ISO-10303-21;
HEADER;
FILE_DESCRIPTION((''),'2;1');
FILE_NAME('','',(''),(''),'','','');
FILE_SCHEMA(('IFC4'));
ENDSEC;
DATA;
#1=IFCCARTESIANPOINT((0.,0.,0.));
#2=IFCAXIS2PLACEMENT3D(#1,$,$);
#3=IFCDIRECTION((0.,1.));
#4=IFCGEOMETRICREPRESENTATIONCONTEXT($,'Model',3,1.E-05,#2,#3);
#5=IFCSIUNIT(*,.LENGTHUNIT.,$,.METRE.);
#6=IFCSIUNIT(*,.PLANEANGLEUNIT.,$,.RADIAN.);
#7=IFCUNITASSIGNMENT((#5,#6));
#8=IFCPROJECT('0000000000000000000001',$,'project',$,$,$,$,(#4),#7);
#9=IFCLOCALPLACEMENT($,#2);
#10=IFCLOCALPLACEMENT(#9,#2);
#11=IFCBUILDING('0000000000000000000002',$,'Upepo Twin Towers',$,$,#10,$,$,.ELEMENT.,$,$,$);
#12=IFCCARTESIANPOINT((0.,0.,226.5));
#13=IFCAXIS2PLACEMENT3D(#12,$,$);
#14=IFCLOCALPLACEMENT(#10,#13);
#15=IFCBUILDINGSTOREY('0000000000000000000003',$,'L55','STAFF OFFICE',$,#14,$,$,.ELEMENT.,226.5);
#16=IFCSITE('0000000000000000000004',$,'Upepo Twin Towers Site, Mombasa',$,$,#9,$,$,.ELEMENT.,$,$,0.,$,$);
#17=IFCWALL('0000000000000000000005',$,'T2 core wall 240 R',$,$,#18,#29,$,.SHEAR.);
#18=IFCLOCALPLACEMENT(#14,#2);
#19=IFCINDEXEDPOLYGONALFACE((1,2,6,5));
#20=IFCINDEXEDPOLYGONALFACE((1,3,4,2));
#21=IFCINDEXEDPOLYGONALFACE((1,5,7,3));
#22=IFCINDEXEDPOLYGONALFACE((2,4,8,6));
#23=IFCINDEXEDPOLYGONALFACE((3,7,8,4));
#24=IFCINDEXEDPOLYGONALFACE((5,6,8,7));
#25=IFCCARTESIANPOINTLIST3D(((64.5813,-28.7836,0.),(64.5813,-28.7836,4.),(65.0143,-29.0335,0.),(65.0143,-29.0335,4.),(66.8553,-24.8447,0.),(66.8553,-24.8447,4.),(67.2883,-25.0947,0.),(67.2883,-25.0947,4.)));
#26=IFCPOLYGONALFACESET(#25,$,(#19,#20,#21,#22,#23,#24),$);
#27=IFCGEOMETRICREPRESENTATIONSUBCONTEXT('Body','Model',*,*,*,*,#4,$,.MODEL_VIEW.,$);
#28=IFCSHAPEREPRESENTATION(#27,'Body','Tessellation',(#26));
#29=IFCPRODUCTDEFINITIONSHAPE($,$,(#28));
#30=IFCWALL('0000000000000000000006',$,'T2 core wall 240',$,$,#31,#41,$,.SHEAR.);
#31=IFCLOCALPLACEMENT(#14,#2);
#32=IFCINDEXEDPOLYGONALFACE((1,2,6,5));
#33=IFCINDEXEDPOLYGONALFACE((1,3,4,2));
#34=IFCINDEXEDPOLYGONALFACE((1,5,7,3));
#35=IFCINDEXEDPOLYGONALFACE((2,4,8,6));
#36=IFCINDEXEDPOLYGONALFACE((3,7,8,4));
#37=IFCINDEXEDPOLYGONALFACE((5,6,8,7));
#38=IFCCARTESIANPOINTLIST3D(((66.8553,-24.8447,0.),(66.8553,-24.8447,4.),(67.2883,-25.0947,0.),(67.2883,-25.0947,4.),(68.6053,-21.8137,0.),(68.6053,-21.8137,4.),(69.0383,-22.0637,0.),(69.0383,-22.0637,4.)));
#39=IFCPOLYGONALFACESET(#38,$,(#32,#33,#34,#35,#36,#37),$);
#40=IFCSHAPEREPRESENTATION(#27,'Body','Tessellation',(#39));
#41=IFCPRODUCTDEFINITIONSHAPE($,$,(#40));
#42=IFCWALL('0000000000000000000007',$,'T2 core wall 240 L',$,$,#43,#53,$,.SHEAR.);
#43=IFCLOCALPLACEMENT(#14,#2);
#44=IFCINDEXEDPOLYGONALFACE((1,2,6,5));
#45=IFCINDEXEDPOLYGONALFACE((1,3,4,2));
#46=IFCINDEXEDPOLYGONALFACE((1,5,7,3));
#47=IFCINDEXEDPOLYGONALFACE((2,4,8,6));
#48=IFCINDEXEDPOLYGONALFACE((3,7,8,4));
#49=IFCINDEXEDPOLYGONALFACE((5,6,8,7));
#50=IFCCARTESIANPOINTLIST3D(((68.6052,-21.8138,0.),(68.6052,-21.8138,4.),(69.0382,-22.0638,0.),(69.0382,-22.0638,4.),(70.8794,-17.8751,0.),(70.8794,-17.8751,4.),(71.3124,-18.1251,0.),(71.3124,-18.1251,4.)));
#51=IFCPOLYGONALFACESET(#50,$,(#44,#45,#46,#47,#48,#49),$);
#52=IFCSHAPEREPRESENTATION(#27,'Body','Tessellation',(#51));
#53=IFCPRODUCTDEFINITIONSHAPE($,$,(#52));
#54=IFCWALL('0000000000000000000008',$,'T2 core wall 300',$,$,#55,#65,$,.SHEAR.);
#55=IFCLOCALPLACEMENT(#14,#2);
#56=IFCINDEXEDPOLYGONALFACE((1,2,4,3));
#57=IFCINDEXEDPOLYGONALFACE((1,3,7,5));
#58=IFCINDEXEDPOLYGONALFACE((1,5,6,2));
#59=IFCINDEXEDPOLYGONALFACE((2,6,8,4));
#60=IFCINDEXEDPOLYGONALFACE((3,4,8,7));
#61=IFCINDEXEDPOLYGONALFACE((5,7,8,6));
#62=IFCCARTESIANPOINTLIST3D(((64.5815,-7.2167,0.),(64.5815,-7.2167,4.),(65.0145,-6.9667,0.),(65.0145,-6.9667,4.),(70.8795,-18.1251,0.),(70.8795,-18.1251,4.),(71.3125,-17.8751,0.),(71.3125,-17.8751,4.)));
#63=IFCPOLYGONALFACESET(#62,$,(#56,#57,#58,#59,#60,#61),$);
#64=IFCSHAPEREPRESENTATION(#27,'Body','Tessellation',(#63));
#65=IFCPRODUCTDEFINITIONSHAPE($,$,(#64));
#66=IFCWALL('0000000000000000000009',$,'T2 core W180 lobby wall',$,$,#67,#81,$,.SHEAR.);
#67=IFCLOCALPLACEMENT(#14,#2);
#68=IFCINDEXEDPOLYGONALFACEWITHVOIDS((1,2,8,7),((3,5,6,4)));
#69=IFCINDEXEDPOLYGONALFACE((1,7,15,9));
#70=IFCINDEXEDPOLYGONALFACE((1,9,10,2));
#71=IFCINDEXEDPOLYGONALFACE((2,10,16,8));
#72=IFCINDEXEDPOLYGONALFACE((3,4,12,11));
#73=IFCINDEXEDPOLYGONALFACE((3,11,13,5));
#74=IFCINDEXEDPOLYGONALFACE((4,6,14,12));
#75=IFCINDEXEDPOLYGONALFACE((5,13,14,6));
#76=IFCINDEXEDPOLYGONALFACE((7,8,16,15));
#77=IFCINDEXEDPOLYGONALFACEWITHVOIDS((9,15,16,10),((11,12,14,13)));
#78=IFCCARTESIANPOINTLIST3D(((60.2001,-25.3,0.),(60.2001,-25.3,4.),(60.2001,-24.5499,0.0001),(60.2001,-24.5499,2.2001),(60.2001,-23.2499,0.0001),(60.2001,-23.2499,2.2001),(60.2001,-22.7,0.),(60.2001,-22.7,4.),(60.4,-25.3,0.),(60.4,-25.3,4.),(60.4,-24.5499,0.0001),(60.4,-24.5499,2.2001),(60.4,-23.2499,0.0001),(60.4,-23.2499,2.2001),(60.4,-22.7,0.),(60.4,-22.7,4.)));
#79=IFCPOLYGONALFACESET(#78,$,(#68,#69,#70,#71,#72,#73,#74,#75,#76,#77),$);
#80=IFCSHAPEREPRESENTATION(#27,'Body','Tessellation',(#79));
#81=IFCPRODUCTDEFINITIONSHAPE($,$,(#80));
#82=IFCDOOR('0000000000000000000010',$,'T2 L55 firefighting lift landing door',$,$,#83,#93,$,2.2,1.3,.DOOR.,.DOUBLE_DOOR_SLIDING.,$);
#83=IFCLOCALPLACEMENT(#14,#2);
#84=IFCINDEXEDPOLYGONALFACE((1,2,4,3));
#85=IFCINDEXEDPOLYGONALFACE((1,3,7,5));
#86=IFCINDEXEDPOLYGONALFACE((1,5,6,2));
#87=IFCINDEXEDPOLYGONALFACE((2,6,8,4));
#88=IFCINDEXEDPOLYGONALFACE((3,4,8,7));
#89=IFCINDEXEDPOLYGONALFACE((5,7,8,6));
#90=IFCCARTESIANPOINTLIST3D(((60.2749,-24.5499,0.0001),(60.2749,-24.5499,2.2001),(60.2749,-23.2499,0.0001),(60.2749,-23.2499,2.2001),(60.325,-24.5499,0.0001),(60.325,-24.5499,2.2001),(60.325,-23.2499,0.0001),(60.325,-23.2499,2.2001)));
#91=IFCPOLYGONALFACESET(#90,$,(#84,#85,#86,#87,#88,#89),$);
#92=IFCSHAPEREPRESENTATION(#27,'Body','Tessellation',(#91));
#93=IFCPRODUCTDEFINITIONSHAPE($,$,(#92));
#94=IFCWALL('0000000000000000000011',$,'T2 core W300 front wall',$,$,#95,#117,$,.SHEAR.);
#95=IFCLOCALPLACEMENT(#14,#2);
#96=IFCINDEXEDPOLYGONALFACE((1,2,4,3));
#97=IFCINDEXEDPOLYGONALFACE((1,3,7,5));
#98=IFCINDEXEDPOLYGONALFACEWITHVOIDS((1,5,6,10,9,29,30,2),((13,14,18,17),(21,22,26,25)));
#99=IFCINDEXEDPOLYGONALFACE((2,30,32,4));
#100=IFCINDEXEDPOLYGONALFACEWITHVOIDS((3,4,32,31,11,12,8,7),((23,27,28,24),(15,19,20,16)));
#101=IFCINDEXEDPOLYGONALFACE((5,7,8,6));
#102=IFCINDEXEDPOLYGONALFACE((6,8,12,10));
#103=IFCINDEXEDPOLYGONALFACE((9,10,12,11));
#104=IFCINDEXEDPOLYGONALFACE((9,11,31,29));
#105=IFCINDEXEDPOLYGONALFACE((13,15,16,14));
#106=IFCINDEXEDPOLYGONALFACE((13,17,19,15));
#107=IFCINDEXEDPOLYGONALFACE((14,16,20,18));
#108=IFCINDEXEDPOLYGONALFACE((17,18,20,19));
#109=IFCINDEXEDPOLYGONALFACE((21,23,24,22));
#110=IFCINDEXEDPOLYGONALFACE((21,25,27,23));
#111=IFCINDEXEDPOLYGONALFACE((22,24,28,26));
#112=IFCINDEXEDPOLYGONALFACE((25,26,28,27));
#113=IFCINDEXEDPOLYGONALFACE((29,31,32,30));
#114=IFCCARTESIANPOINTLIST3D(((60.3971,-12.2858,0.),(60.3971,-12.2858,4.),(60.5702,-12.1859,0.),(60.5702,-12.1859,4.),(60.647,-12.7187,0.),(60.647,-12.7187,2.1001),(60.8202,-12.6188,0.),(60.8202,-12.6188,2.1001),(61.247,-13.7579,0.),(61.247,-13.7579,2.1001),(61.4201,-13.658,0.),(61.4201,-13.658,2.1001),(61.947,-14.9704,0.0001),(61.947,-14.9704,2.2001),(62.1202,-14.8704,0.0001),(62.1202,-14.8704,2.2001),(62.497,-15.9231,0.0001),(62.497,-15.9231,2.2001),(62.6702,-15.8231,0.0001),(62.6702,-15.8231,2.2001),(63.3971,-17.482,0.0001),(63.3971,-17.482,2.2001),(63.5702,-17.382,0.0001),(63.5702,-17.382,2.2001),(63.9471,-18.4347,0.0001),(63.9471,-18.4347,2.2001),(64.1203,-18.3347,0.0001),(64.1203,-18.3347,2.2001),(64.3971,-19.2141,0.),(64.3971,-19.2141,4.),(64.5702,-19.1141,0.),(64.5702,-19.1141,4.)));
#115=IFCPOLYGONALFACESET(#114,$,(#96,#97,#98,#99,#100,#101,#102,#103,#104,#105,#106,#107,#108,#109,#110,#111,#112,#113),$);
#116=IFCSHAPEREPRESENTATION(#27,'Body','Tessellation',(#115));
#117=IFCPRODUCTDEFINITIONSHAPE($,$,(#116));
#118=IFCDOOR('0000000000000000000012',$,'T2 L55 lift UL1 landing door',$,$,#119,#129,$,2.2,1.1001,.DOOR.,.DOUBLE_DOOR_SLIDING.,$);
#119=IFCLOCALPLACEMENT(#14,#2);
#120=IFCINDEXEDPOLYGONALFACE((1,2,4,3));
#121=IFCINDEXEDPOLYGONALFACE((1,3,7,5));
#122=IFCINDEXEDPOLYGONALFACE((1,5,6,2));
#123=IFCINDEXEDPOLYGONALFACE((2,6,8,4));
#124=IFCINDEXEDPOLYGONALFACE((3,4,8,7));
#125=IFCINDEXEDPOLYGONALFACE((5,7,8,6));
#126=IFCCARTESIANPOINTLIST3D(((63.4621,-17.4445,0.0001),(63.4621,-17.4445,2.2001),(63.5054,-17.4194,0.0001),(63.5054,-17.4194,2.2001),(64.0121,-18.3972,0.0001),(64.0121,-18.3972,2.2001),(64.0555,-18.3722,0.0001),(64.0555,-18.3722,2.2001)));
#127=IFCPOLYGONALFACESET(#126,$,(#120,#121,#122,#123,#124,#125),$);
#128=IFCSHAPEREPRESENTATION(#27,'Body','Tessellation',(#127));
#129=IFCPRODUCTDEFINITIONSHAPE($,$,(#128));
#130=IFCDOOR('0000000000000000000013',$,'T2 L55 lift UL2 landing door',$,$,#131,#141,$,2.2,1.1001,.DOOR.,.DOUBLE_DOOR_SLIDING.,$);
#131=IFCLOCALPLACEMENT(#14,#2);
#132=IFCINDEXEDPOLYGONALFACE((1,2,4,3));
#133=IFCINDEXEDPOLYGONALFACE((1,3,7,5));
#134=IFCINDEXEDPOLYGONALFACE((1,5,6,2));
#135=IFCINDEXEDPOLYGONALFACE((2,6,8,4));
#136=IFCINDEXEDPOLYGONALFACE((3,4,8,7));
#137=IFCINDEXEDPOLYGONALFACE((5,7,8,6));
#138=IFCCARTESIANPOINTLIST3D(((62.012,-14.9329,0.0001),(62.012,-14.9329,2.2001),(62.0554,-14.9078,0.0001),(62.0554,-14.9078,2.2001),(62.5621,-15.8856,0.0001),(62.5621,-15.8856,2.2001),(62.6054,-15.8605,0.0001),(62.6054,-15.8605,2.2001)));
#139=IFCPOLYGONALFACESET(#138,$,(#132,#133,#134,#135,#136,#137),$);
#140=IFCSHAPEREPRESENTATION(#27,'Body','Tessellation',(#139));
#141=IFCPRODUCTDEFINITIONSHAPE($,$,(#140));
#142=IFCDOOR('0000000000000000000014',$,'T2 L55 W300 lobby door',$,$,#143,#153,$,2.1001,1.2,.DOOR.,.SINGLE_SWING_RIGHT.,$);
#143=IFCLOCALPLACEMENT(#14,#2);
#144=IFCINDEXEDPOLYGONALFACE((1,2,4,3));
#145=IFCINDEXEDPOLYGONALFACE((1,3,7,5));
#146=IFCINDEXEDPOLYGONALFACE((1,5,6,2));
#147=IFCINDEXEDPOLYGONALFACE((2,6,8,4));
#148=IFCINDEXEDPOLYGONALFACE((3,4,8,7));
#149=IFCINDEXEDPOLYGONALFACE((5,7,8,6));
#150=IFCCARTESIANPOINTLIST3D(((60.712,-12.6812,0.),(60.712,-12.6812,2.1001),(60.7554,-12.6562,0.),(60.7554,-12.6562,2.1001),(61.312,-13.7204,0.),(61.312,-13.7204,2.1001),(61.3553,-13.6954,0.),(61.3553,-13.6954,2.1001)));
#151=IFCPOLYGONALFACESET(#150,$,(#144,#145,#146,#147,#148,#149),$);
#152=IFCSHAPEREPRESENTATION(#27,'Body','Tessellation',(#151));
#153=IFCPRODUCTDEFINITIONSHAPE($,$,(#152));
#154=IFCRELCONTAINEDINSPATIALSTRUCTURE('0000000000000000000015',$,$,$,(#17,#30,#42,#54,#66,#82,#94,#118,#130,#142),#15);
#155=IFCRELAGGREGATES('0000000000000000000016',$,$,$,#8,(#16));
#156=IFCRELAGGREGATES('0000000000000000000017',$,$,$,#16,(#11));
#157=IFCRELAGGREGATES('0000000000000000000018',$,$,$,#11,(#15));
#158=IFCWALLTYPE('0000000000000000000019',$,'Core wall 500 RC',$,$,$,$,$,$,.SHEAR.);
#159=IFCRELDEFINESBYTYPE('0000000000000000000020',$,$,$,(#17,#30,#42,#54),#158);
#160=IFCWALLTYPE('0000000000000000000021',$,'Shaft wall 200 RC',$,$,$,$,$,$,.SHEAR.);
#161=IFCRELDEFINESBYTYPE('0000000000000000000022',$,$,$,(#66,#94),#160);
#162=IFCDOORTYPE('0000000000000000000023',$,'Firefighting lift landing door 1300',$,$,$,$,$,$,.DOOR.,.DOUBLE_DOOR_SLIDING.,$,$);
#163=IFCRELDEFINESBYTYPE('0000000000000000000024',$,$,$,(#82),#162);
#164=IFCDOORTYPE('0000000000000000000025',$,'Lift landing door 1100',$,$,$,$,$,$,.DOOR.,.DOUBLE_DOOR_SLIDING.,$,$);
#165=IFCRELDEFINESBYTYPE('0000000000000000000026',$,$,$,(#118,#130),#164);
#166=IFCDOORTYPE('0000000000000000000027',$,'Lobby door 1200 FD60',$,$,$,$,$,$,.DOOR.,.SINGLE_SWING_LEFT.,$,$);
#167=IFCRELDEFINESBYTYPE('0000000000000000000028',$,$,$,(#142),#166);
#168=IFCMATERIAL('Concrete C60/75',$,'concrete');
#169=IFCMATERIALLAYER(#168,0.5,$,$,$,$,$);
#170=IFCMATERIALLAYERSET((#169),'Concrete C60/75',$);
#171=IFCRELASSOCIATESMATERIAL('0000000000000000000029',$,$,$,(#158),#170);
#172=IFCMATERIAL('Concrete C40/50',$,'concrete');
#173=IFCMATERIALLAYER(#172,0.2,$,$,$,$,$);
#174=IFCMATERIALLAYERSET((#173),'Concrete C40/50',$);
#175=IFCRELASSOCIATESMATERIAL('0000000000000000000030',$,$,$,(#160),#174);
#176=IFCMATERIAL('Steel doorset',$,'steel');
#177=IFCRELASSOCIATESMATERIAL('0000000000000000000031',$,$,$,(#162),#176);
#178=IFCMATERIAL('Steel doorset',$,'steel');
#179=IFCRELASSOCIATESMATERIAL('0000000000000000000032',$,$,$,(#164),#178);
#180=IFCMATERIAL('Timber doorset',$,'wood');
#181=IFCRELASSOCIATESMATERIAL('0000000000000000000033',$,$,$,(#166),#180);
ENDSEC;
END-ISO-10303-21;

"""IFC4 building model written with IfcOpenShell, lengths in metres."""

from ifc_helpers import new_model, si_unit, direction, frame, frame_2d, origin, place, context, subcontext, project, spatial, rectangle, extrude, material, layer, layer_set, type_object, element, fill, save


model = new_model("IFC4")

# Units and contexts
model_context = context("Model", 3, precision=1e-05, world=origin(), true_north=direction((0.0, 1.0)))
body_context = subcontext(model_context, "Body", "Model", "MODEL_VIEW")
ifc_project = project(units=[si_unit("LENGTHUNIT", "METRE"), si_unit("PLANEANGLEUNIT", "RADIAN")], contexts=[model_context])

# Site, building, storey
site_placement = place(None, origin())
site = spatial("IfcSite", under=ifc_project, at=site_placement, Name="Upepo Twin Towers Site, Mombasa", CompositionType="ELEMENT", RefElevation=0.0)
building_placement = place(site_placement, origin())
building = spatial("IfcBuilding", under=site, at=building_placement, Name="Upepo Twin Towers", CompositionType="ELEMENT")
storey_placement = place(building_placement, frame((0.0, 0.0, 226.5)))
storey = spatial("IfcBuildingStorey", under=building, at=storey_placement, Name="L55", Description="STAFF OFFICE", CompositionType="ELEMENT", Elevation=226.5)

# Walls
ifc_material_1 = material(Name="Concrete C60/75", Category="concrete")
ifc_layer_1 = layer(ifc_material_1, 0.5)
ifc_layer_set_1 = layer_set([ifc_layer_1], Name="Concrete C60/75")
wall_type_1 = type_object("IfcWallType", Name="Core wall 500 RC", PredefinedType="SHEAR", material=ifc_layer_set_1)
wall_1_placement = place(storey_placement, frame((64.7979, -28.9084, 0.0), z_axis=(0.0, 0.0, 1.0), x_axis=(0.499984, 0.866035, 0.0)))
element("IfcWall", 1, at=wall_1_placement, inside=storey, type_object=wall_type_1, Name="T2 core wall 240 R", PredefinedType="SHEAR", context=body_context, shape_type="SweptSolid", body=[
    extrude(rectangle(XDim=4.5481, YDim=0.5, at=frame_2d((2.2739, 0.0))), origin(), (0.0, 0.0, 1.0), 4.0),
])
wall_2_placement = place(storey_placement, frame((67.0718, -24.9697, 0.0), z_axis=(0.0, 0.0, 1.0), x_axis=(0.50001, 0.866019, 0.0)))
element("IfcWall", 2, at=wall_2_placement, inside=storey, type_object=wall_type_1, Name="T2 core wall 240", PredefinedType="SHEAR", context=body_context, shape_type="SweptSolid", body=[
    extrude(rectangle(XDim=3.5, YDim=0.5, at=frame_2d((1.75, 0.0))), origin(), (0.0, 0.0, 1.0), 4.0),
])
wall_3_placement = place(storey_placement, frame((68.8218, -21.9387, 0.0), z_axis=(0.0, 0.0, 1.0), x_axis=(0.500024, 0.866011, 0.0)))
element("IfcWall", 3, at=wall_3_placement, inside=storey, type_object=wall_type_1, Name="T2 core wall 240 L", PredefinedType="SHEAR", context=body_context, shape_type="SweptSolid", body=[
    extrude(rectangle(XDim=4.5481, YDim=0.5, at=frame_2d((2.2739, 0.0))), origin(), (0.0, 0.0, 1.0), 4.0),
])
wall_4_placement = place(storey_placement, frame((71.0959, -18.0, 0.0), z_axis=(0.0, 0.0, 1.0), x_axis=(-0.500006, 0.866022, 0.0)))
element("IfcWall", 4, at=wall_4_placement, inside=storey, type_object=wall_type_1, Name="T2 core wall 300", PredefinedType="SHEAR", context=body_context, shape_type="SweptSolid", body=[
    extrude(rectangle(XDim=12.5959, YDim=0.5, at=frame_2d((6.2979, 0.0))), origin(), (0.0, 0.0, 1.0), 4.0),
])

# Wall, opening, door
ifc_material_2 = material(Name="Concrete C40/50", Category="concrete")
ifc_layer_2 = layer(ifc_material_2, 0.2)
ifc_layer_set_2 = layer_set([ifc_layer_2], Name="Concrete C40/50")
wall_type_2 = type_object("IfcWallType", Name="Shaft wall 200 RC", PredefinedType="SHEAR", material=ifc_layer_set_2)
wall_5_placement = place(storey_placement, frame((60.3, -22.7, 0.0), z_axis=(0.0, 0.0, 1.0), x_axis=(0.0, -1.0, 0.0)))
wall_5 = element("IfcWall", 5, at=wall_5_placement, inside=storey, type_object=wall_type_2, Name="T2 core W180 lobby wall", PredefinedType="SHEAR", context=body_context, shape_type="SweptSolid", body=[
    extrude(rectangle(XDim=2.6001, YDim=0.2, at=frame_2d((1.3, 0.0))), origin(), (0.0, 0.0, 1.0), 4.0),
])
opening_1_placement = place(wall_5_placement, frame((0.55, 0.0, 0.0)))
opening_1 = element("IfcOpeningElement", 6, at=opening_1_placement, cuts=wall_5, PredefinedType="OPENING", context=body_context, shape_type="SweptSolid", body=[
    extrude(rectangle(XDim=1.3, YDim=2.2, at=frame_2d((0.6499, 1.1001))), frame((0.0, 0.1099, 0.0), z_axis=(0.0, -1.0, 0.0), x_axis=(1.0, 0.0, 0.0)), (0.0, 0.0, 1.0), 0.22),
])
ifc_material_3 = material(Name="Steel doorset", Category="steel")
door_type_1 = type_object("IfcDoorType", Name="Firefighting lift landing door 1300", OperationType="DOUBLE_DOOR_SLIDING", PredefinedType="DOOR", material=ifc_material_3)
door_1_placement = place(opening_1_placement, origin())
door_1 = element("IfcDoor", 7, at=door_1_placement, inside=storey, type_object=door_type_1, Name="T2 L55 firefighting lift landing door", OperationType="DOUBLE_DOOR_SLIDING", OverallHeight=2.2, OverallWidth=1.3, PredefinedType="DOOR", context=body_context, shape_type="SweptSolid", body=[
    extrude(rectangle(XDim=1.3, YDim=2.2, at=frame_2d((0.6499, 1.1001))), frame((0.0, 0.0249, 0.0), z_axis=(0.0, -1.0, 0.0), x_axis=(1.0, 0.0, 0.0)), (0.0, 0.0, 1.0), 0.05),
])
fill(opening_1, door_1)

# Wall, openings, doors
wall_6_placement = place(storey_placement, frame((64.4836, -19.1641, 0.0), z_axis=(0.0, 0.0, 1.0), x_axis=(-0.499999, 0.866026, 0.0)))
wall_6 = element("IfcWall", 8, at=wall_6_placement, inside=storey, type_object=wall_type_2, Name="T2 core W300 front wall", PredefinedType="SHEAR", context=body_context, shape_type="SweptSolid", body=[
    extrude(rectangle(XDim=8.0, YDim=0.2, at=frame_2d((4.0, 0.0))), origin(), (0.0, 0.0, 1.0), 4.0),
])
opening_2_placement = place(wall_6_placement, frame((6.3, 0.0, 0.0)))
opening_2 = element("IfcOpeningElement", 9, at=opening_2_placement, cuts=wall_6, PredefinedType="OPENING", context=body_context, shape_type="SweptSolid", body=[
    extrude(rectangle(XDim=1.2, YDim=2.1001, at=frame_2d((0.6001, 1.05))), frame((0.0, 0.1099, 0.0), z_axis=(0.0, -1.0, 0.0), x_axis=(1.0, 0.0, 0.0)), (0.0, 0.0, 1.0), 0.22),
])
opening_3_placement = place(wall_6_placement, frame((0.8999, 0.0, 0.0)))
opening_3 = element("IfcOpeningElement", 10, at=opening_3_placement, cuts=wall_6, PredefinedType="OPENING", context=body_context, shape_type="SweptSolid", body=[
    extrude(rectangle(XDim=1.1001, YDim=2.2, at=frame_2d((0.55, 1.1001))), frame((0.0, 0.1099, 0.0), z_axis=(0.0, -1.0, 0.0), x_axis=(1.0, 0.0, 0.0)), (0.0, 0.0, 1.0), 0.22),
])
opening_4_placement = place(wall_6_placement, frame((3.8, 0.0, 0.0)))
opening_4 = element("IfcOpeningElement", 11, at=opening_4_placement, cuts=wall_6, PredefinedType="OPENING", context=body_context, shape_type="SweptSolid", body=[
    extrude(rectangle(XDim=1.1001, YDim=2.2, at=frame_2d((0.55, 1.1001))), frame((0.0, 0.1099, 0.0), z_axis=(0.0, -1.0, 0.0), x_axis=(1.0, 0.0, 0.0)), (0.0, 0.0, 1.0), 0.22),
])
ifc_material_4 = material(Name="Steel doorset", Category="steel")
door_type_2 = type_object("IfcDoorType", Name="Lift landing door 1100", OperationType="DOUBLE_DOOR_SLIDING", PredefinedType="DOOR", material=ifc_material_4)
door_2_placement = place(opening_3_placement, origin())
door_2 = element("IfcDoor", 12, at=door_2_placement, inside=storey, type_object=door_type_2, Name="T2 L55 lift UL1 landing door", OperationType="DOUBLE_DOOR_SLIDING", OverallHeight=2.2, OverallWidth=1.1001, PredefinedType="DOOR", context=body_context, shape_type="SweptSolid", body=[
    extrude(rectangle(XDim=1.1001, YDim=2.2, at=frame_2d((0.55, 1.1001))), frame((0.0, 0.0249, 0.0), z_axis=(0.0, -1.0, 0.0), x_axis=(1.0, 0.0, 0.0)), (0.0, 0.0, 1.0), 0.05),
])
fill(opening_3, door_2)
door_3_placement = place(opening_4_placement, origin())
door_3 = element("IfcDoor", 13, at=door_3_placement, inside=storey, type_object=door_type_2, Name="T2 L55 lift UL2 landing door", OperationType="DOUBLE_DOOR_SLIDING", OverallHeight=2.2, OverallWidth=1.1001, PredefinedType="DOOR", context=body_context, shape_type="SweptSolid", body=[
    extrude(rectangle(XDim=1.1001, YDim=2.2, at=frame_2d((0.55, 1.1001))), frame((0.0, 0.0249, 0.0), z_axis=(0.0, -1.0, 0.0), x_axis=(1.0, 0.0, 0.0)), (0.0, 0.0, 1.0), 0.05),
])
fill(opening_4, door_3)
ifc_material_5 = material(Name="Timber doorset", Category="wood")
door_type_3 = type_object("IfcDoorType", Name="Lobby door 1200 FD60", OperationType="SINGLE_SWING_LEFT", PredefinedType="DOOR", material=ifc_material_5)
door_4_placement = place(opening_2_placement, origin())
door_4 = element("IfcDoor", 14, at=door_4_placement, inside=storey, type_object=door_type_3, Name="T2 L55 W300 lobby door", OperationType="SINGLE_SWING_RIGHT", OverallHeight=2.1001, OverallWidth=1.2, PredefinedType="DOOR", context=body_context, shape_type="SweptSolid", body=[
    extrude(rectangle(XDim=1.2, YDim=2.1001, at=frame_2d((0.6001, 1.05))), frame((0.0, 0.0249, 0.0), z_axis=(0.0, -1.0, 0.0), x_axis=(1.0, 0.0, 0.0)), (0.0, 0.0, 1.0), 0.05),
])
fill(opening_2, door_4)

save(model, "model.ifc")
